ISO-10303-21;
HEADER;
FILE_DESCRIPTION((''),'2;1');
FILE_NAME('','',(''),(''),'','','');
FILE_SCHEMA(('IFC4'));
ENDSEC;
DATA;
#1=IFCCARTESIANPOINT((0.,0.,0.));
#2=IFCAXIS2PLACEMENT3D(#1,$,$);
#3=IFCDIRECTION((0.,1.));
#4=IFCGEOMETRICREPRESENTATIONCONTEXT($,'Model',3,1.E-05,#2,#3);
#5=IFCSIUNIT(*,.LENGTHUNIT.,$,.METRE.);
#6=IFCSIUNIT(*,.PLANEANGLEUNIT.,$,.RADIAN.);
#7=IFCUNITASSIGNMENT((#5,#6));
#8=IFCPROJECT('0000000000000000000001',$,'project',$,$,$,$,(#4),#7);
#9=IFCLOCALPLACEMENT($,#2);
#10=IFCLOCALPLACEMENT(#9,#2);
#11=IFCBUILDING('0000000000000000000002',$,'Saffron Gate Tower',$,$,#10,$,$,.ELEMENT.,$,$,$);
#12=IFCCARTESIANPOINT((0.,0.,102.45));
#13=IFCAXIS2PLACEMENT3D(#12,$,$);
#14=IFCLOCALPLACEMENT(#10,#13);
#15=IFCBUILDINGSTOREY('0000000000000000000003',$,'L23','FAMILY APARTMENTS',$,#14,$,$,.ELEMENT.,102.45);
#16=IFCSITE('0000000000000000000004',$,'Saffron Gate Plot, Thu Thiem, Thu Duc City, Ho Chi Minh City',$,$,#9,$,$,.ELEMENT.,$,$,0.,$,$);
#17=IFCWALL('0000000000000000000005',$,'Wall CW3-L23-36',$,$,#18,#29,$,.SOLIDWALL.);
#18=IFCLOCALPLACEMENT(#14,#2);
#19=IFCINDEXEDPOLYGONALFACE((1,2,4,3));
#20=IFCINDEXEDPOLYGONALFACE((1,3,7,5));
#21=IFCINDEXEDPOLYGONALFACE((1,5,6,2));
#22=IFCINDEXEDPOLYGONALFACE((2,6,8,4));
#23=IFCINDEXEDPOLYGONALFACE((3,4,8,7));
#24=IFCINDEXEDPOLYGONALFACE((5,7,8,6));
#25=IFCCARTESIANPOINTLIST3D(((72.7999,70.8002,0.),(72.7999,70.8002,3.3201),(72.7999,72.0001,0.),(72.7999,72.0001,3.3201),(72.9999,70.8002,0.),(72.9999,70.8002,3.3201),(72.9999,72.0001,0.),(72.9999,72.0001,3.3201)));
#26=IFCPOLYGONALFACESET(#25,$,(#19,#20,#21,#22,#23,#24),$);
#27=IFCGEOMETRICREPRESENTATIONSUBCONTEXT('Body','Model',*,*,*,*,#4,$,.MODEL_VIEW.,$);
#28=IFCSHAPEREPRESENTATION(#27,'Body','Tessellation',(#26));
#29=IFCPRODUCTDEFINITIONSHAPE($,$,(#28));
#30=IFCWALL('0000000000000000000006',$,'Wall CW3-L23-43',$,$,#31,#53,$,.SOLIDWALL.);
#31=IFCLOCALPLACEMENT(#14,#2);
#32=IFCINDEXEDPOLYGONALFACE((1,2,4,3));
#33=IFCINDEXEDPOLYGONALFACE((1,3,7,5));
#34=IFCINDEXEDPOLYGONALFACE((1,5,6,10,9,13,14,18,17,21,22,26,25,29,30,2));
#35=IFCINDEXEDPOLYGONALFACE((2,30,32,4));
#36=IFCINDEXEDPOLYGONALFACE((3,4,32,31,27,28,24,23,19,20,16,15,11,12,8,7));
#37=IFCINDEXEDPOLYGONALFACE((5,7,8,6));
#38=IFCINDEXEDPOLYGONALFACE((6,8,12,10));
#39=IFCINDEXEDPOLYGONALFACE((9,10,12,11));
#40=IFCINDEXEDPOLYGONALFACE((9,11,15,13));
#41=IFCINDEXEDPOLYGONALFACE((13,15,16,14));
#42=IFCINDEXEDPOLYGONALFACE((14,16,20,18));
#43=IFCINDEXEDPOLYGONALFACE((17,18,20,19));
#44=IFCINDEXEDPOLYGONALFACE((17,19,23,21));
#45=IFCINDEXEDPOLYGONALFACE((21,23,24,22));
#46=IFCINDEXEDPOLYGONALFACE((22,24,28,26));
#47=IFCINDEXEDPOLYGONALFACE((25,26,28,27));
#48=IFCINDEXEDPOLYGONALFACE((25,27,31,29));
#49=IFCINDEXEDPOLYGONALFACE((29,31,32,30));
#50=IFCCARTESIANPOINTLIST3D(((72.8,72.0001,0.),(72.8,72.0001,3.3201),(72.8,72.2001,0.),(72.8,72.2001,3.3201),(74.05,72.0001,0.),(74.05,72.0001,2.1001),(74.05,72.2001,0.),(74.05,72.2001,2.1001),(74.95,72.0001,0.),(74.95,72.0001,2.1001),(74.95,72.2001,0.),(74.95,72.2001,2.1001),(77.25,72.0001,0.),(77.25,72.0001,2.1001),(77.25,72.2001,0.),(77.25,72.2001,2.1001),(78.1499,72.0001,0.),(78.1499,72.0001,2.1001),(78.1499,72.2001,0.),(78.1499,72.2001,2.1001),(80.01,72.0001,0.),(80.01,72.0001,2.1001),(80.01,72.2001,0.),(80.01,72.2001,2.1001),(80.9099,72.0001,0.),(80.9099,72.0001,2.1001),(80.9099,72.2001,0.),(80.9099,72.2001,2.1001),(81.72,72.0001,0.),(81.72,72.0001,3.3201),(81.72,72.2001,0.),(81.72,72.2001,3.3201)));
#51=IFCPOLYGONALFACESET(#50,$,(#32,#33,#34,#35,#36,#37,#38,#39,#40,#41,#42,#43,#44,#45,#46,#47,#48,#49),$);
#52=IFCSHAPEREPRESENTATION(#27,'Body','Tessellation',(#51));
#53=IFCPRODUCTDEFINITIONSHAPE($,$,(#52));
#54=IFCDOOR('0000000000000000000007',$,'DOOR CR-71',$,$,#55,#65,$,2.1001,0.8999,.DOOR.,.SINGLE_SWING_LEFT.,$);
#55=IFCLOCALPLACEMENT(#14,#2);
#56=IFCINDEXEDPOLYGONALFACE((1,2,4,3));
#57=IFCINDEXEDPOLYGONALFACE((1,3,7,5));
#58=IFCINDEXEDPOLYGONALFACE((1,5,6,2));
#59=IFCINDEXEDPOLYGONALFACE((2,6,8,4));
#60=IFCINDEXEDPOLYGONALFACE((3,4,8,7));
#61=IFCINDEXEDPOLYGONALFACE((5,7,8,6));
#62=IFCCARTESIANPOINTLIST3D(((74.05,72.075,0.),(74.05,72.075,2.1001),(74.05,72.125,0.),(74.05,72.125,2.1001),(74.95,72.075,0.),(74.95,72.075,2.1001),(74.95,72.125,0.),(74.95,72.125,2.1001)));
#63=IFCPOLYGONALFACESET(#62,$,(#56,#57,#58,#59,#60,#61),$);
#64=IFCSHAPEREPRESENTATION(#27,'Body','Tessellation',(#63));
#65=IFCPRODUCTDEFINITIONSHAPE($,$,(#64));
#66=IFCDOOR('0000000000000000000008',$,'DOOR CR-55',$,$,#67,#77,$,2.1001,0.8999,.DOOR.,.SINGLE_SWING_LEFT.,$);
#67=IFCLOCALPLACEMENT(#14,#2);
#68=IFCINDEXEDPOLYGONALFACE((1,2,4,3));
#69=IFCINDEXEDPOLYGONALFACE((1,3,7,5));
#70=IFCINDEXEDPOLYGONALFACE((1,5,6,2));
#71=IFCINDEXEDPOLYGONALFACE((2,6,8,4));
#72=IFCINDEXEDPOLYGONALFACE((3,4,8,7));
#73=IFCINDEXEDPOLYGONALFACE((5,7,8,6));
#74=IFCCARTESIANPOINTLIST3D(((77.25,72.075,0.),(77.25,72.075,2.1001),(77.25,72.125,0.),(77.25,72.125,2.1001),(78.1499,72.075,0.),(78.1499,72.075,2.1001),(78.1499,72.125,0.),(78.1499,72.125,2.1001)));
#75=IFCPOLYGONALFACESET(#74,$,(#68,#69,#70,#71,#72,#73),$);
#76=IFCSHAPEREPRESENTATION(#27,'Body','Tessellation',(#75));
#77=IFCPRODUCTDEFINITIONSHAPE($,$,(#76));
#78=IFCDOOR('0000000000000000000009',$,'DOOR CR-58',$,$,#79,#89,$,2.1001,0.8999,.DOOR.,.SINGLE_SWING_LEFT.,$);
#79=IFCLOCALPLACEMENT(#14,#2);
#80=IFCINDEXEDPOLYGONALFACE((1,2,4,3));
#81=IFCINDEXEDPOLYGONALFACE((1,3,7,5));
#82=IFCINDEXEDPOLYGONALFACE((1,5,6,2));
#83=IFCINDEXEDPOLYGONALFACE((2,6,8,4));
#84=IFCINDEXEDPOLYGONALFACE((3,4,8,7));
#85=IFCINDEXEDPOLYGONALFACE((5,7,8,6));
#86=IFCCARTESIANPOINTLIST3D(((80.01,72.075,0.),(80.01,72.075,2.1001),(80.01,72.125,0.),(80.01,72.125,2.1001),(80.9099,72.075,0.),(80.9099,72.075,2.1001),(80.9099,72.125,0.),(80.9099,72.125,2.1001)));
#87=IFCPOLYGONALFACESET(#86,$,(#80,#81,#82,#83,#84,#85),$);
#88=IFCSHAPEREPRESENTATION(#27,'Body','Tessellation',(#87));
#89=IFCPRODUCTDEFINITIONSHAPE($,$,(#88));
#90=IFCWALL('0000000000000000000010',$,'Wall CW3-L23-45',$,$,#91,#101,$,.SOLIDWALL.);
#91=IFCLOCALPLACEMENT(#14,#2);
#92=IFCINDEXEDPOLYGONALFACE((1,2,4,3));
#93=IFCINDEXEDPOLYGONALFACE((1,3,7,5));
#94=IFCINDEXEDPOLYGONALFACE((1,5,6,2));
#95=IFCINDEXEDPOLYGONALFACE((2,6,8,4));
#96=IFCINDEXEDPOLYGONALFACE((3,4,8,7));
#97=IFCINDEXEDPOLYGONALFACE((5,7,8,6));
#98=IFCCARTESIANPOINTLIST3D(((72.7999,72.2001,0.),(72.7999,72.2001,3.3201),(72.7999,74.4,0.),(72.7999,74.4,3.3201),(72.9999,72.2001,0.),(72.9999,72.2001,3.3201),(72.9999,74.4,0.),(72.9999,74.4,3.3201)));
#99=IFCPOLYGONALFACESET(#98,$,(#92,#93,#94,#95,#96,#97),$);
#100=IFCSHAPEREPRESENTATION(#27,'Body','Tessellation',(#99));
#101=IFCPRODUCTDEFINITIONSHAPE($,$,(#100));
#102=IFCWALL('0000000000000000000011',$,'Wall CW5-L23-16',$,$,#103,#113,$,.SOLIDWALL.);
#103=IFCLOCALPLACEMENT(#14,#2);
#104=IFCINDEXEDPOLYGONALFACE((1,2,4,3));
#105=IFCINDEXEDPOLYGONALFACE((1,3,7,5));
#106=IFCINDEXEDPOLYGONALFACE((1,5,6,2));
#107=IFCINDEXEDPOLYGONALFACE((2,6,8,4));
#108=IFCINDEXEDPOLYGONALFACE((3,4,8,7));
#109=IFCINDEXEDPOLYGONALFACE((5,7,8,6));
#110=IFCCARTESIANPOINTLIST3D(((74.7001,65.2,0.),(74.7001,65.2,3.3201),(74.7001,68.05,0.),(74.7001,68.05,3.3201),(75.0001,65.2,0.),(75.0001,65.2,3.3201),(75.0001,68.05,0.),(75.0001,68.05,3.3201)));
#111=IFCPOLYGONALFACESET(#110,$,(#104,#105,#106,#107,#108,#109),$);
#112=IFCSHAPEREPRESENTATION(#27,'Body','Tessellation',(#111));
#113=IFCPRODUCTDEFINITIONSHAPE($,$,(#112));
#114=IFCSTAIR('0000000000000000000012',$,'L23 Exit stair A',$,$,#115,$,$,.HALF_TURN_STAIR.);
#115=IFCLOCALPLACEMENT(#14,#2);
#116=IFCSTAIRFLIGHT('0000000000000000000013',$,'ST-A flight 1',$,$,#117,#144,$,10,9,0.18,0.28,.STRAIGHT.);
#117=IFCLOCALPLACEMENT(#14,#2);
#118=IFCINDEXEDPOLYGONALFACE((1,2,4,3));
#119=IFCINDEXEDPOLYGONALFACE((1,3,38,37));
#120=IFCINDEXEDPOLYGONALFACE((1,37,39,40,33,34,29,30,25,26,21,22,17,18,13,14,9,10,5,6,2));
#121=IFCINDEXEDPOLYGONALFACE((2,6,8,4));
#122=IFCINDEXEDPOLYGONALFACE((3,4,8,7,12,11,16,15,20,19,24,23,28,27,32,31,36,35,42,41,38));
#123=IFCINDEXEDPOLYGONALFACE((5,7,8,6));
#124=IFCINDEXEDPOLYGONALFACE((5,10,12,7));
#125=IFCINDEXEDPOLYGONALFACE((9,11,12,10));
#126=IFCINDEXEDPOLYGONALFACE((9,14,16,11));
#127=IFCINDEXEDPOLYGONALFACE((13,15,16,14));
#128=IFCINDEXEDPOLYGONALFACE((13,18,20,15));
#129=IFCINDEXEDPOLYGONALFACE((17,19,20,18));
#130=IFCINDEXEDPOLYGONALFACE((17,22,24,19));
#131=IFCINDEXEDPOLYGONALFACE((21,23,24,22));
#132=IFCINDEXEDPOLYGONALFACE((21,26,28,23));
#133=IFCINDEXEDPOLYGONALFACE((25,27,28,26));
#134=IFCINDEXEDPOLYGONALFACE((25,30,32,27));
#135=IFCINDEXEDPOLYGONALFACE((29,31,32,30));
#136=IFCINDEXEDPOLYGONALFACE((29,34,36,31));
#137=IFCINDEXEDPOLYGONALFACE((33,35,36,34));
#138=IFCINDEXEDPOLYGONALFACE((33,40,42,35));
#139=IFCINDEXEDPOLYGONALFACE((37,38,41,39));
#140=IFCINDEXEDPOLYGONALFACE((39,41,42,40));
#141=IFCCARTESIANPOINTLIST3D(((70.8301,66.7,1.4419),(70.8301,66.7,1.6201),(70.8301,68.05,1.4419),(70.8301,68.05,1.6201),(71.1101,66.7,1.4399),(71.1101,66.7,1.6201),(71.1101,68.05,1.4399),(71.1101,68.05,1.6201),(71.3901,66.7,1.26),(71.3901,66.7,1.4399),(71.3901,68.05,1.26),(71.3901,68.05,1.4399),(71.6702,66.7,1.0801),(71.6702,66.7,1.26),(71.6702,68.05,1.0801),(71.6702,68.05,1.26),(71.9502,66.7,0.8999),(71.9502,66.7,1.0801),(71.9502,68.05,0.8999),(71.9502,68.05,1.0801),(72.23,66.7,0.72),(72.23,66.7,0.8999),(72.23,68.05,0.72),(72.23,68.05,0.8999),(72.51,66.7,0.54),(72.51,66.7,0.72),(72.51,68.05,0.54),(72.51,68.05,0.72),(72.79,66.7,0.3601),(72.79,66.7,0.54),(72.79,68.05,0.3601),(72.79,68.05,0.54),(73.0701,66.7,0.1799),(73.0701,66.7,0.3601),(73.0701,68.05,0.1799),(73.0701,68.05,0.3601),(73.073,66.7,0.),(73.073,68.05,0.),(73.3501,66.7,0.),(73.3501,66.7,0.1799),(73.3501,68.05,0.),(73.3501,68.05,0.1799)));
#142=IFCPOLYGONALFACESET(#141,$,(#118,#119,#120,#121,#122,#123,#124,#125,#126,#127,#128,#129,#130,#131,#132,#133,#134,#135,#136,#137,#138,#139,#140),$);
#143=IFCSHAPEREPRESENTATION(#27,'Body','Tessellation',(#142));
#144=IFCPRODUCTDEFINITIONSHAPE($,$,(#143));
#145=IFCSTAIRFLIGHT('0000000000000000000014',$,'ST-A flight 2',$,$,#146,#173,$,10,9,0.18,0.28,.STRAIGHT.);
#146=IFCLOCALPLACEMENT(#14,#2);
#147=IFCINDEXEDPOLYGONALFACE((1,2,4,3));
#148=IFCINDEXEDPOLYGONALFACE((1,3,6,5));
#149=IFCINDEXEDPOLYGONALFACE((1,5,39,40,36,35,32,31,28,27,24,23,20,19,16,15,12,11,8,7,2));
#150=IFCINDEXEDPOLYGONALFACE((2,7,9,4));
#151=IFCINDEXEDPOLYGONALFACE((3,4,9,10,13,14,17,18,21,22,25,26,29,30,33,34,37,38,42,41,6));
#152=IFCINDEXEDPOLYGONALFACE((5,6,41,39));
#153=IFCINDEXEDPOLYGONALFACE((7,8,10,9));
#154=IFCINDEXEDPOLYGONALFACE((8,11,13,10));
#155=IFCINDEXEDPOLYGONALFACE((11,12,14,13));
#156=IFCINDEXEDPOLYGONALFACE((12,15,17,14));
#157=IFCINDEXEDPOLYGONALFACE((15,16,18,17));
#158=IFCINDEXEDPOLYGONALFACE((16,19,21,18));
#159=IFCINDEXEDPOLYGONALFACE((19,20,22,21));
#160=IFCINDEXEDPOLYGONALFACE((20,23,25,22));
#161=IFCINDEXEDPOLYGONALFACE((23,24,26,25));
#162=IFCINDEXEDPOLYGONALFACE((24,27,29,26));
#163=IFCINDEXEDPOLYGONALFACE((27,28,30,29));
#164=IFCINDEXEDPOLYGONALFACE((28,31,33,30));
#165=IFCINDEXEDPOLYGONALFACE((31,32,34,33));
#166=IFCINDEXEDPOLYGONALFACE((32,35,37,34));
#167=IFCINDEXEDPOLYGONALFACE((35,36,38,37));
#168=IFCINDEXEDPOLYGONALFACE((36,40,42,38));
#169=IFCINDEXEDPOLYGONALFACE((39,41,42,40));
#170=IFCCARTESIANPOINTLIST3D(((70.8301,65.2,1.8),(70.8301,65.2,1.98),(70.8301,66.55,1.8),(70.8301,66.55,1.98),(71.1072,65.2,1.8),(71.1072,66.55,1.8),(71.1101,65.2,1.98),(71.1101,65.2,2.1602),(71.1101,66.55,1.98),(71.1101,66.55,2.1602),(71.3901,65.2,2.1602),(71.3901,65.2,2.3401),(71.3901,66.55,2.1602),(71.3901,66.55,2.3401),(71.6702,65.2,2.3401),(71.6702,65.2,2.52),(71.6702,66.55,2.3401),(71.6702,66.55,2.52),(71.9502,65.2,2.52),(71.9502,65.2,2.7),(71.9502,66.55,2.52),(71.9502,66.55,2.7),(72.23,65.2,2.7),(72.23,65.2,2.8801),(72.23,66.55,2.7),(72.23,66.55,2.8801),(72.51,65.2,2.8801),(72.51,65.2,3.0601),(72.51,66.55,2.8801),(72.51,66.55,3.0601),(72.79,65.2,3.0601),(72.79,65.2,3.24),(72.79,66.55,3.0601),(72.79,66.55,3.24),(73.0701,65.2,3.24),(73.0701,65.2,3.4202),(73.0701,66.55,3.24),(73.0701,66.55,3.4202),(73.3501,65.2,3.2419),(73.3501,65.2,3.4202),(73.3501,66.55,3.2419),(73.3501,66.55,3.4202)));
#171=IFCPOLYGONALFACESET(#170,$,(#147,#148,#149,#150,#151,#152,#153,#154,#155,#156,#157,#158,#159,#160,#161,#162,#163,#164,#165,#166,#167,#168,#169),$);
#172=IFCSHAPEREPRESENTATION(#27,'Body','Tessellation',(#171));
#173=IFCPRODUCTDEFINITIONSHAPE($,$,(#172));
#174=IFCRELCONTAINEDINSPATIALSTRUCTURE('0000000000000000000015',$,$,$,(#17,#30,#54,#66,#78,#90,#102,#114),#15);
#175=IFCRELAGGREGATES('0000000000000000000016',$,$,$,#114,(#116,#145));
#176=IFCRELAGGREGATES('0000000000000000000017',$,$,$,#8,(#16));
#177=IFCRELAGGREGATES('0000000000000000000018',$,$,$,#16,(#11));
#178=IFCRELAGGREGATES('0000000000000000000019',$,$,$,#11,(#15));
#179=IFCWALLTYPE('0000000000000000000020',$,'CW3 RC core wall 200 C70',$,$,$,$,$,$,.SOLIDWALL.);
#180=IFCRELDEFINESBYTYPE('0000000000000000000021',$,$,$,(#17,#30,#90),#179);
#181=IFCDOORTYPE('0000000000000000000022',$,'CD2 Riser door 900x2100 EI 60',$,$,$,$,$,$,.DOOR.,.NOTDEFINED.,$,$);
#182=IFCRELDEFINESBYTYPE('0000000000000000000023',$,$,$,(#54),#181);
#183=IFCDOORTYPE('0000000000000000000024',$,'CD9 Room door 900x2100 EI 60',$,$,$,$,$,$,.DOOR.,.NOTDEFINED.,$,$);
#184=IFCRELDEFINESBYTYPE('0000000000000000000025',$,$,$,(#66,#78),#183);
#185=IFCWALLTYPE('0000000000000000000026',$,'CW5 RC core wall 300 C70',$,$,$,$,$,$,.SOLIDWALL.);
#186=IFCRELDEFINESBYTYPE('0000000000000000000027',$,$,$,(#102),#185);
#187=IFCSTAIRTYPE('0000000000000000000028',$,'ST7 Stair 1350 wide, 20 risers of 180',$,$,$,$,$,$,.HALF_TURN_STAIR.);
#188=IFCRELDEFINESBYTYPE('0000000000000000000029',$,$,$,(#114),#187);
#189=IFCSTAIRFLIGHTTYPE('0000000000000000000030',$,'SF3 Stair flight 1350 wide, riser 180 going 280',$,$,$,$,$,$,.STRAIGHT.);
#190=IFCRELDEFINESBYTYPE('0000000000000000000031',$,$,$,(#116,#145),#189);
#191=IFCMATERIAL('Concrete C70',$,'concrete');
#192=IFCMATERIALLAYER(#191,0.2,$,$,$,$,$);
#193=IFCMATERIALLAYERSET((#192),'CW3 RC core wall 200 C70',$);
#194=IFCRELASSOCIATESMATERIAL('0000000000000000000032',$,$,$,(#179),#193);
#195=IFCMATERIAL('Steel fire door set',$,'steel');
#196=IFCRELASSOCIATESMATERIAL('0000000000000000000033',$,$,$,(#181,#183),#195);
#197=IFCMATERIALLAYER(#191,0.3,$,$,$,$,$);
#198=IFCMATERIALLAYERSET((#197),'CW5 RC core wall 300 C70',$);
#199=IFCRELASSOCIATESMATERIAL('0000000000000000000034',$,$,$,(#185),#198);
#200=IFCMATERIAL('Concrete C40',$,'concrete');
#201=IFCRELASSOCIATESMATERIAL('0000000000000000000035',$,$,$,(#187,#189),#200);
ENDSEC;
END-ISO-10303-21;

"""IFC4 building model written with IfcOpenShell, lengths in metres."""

from ifc_helpers import new_model, si_unit, direction, frame, frame_2d, origin, place, context, subcontext, project, spatial, polyline, rectangle, outline, extrude, material, layer, layer_set, type_object, element, fill, aggregate, save


model = new_model("IFC4")

# Units and contexts
model_context = context("Model", 3, precision=1e-05, world=origin(), true_north=direction((0.0, 1.0)))
body_context = subcontext(model_context, "Body", "Model", "MODEL_VIEW")
ifc_project = project(units=[si_unit("LENGTHUNIT", "METRE"), si_unit("PLANEANGLEUNIT", "RADIAN")], contexts=[model_context])

# Site, building, storey
site_placement = place(None, origin())
site = spatial("IfcSite", under=ifc_project, at=site_placement, Name="Saffron Gate Plot, Thu Thiem, Thu Duc City, Ho Chi Minh City", CompositionType="ELEMENT", RefElevation=0.0)
building_placement = place(site_placement, origin())
building = spatial("IfcBuilding", under=site, at=building_placement, Name="Saffron Gate Tower", CompositionType="ELEMENT")
storey_placement = place(building_placement, frame((0.0, 0.0, 102.45)))
storey = spatial("IfcBuildingStorey", under=building, at=storey_placement, Name="L23", Description="FAMILY APARTMENTS", CompositionType="ELEMENT", Elevation=102.45)

# Wall
ifc_material_1 = material(Name="Concrete C70", Category="concrete")
ifc_layer_1 = layer(ifc_material_1, 0.2)
ifc_layer_set_1 = layer_set([ifc_layer_1], Name="CW3 RC core wall 200 C70")
wall_type_1 = type_object("IfcWallType", Name="CW3 RC core wall 200 C70", PredefinedType="SOLIDWALL", material=ifc_layer_set_1)
wall_1_placement = place(storey_placement, frame((72.8999, 70.8, 0.0), z_axis=(0.0, 0.0, 1.0), x_axis=(0.0, 1.0, 0.0)))
element("IfcWall", 1, at=wall_1_placement, inside=storey, type_object=wall_type_1, Name="Wall CW3-L23-36", PredefinedType="SOLIDWALL", context=body_context, shape_type="SweptSolid", body=[
    extrude(rectangle(XDim=1.2, YDim=0.2, at=frame_2d((0.6001, 0.0))), origin(), (0.0, 0.0, 1.0), 3.3201),
])

# Wall, openings, doors
wall_2_placement = place(storey_placement, frame((72.8, 72.1001, 0.0), z_axis=(0.0, 0.0, 1.0), x_axis=(1.0, 0.0, 0.0)))
wall_2 = element("IfcWall", 2, at=wall_2_placement, inside=storey, type_object=wall_type_1, Name="Wall CW3-L23-43", PredefinedType="SOLIDWALL", context=body_context, shape_type="SweptSolid", body=[
    extrude(rectangle(XDim=8.9199, YDim=0.2, at=frame_2d((4.46, 0.0))), origin(), (0.0, 0.0, 1.0), 3.3201),
])
opening_1_placement = place(wall_2_placement, frame((1.25, 0.0, 0.0)))
opening_1 = element("IfcOpeningElement", 3, at=opening_1_placement, cuts=wall_2, PredefinedType="OPENING", context=body_context, shape_type="SweptSolid", body=[
    extrude(rectangle(XDim=0.8999, YDim=2.1001, at=frame_2d((0.45, 1.05))), frame((0.0, 0.1099, 0.0), z_axis=(0.0, -1.0, 0.0), x_axis=(1.0, 0.0, 0.0)), (0.0, 0.0, 1.0), 0.22),
])
opening_2_placement = place(wall_2_placement, frame((4.45, 0.0, 0.0)))
opening_2 = element("IfcOpeningElement", 4, at=opening_2_placement, cuts=wall_2, PredefinedType="OPENING", context=body_context, shape_type="SweptSolid", body=[
    extrude(rectangle(XDim=0.8999, YDim=2.1001, at=frame_2d((0.45, 1.05))), frame((0.0, 0.1099, 0.0), z_axis=(0.0, -1.0, 0.0), x_axis=(1.0, 0.0, 0.0)), (0.0, 0.0, 1.0), 0.22),
])
opening_3_placement = place(wall_2_placement, frame((7.21, 0.0, 0.0)))
opening_3 = element("IfcOpeningElement", 5, at=opening_3_placement, cuts=wall_2, PredefinedType="OPENING", context=body_context, shape_type="SweptSolid", body=[
    extrude(rectangle(XDim=0.8999, YDim=2.1001, at=frame_2d((0.45, 1.05))), frame((0.0, 0.1099, 0.0), z_axis=(0.0, -1.0, 0.0), x_axis=(1.0, 0.0, 0.0)), (0.0, 0.0, 1.0), 0.22),
])
ifc_material_2 = material(Name="Steel fire door set", Category="steel")
door_type_1 = type_object("IfcDoorType", Name="CD2 Riser door 900x2100 EI 60", OperationType="NOTDEFINED", PredefinedType="DOOR", material=ifc_material_2)
door_1_placement = place(opening_1_placement, origin())
door_1 = element("IfcDoor", 6, at=door_1_placement, inside=storey, type_object=door_type_1, Name="DOOR CR-71", OperationType="SINGLE_SWING_LEFT", OverallHeight=2.1001, OverallWidth=0.8999, PredefinedType="DOOR", context=body_context, shape_type="SweptSolid", body=[
    extrude(rectangle(XDim=0.8999, YDim=2.1001, at=frame_2d((0.45, 1.05))), frame((0.0, 0.0249, 0.0), z_axis=(0.0, -1.0, 0.0), x_axis=(1.0, 0.0, 0.0)), (0.0, 0.0, 1.0), 0.05),
])
fill(opening_1, door_1)
door_type_2 = type_object("IfcDoorType", Name="CD9 Room door 900x2100 EI 60", OperationType="NOTDEFINED", PredefinedType="DOOR", material=ifc_material_2)
door_2_placement = place(opening_2_placement, origin())
door_2 = element("IfcDoor", 7, at=door_2_placement, inside=storey, type_object=door_type_2, Name="DOOR CR-55", OperationType="SINGLE_SWING_LEFT", OverallHeight=2.1001, OverallWidth=0.8999, PredefinedType="DOOR", context=body_context, shape_type="SweptSolid", body=[
    extrude(rectangle(XDim=0.8999, YDim=2.1001, at=frame_2d((0.45, 1.05))), frame((0.0, 0.0249, 0.0), z_axis=(0.0, -1.0, 0.0), x_axis=(1.0, 0.0, 0.0)), (0.0, 0.0, 1.0), 0.05),
])
fill(opening_2, door_2)
door_3_placement = place(opening_3_placement, origin())
door_3 = element("IfcDoor", 8, at=door_3_placement, inside=storey, type_object=door_type_2, Name="DOOR CR-58", OperationType="SINGLE_SWING_LEFT", OverallHeight=2.1001, OverallWidth=0.8999, PredefinedType="DOOR", context=body_context, shape_type="SweptSolid", body=[
    extrude(rectangle(XDim=0.8999, YDim=2.1001, at=frame_2d((0.45, 1.05))), frame((0.0, 0.0249, 0.0), z_axis=(0.0, -1.0, 0.0), x_axis=(1.0, 0.0, 0.0)), (0.0, 0.0, 1.0), 0.05),
])
fill(opening_3, door_3)

# Walls
wall_3_placement = place(storey_placement, frame((72.8999, 72.2, 0.0), z_axis=(0.0, 0.0, 1.0), x_axis=(0.0, 1.0, 0.0)))
element("IfcWall", 9, at=wall_3_placement, inside=storey, type_object=wall_type_1, Name="Wall CW3-L23-45", PredefinedType="SOLIDWALL", context=body_context, shape_type="SweptSolid", body=[
    extrude(rectangle(XDim=2.2, YDim=0.2, at=frame_2d((1.1001, 0.0))), origin(), (0.0, 0.0, 1.0), 3.3201),
])
ifc_layer_2 = layer(ifc_material_1, 0.3)
ifc_layer_set_2 = layer_set([ifc_layer_2], Name="CW5 RC core wall 300 C70")
wall_type_2 = type_object("IfcWallType", Name="CW5 RC core wall 300 C70", PredefinedType="SOLIDWALL", material=ifc_layer_set_2)
wall_4_placement = place(storey_placement, frame((74.8501, 65.2, 0.0), z_axis=(0.0, 0.0, 1.0), x_axis=(0.0, 1.0, 0.0)))
element("IfcWall", 10, at=wall_4_placement, inside=storey, type_object=wall_type_2, Name="Wall CW5-L23-16", PredefinedType="SOLIDWALL", context=body_context, shape_type="SweptSolid", body=[
    extrude(rectangle(XDim=2.8501, YDim=0.3, at=frame_2d((1.425, 0.0))), origin(), (0.0, 0.0, 1.0), 3.3201),
])

# Stair, stair flights
ifc_material_3 = material(Name="Concrete C40", Category="concrete")
stair_type = type_object("IfcStairType", Name="ST7 Stair 1350 wide, 20 risers of 180", PredefinedType="HALF_TURN_STAIR", material=ifc_material_3)
stair_placement = place(storey_placement, origin())
stair = element("IfcStair", 11, at=stair_placement, inside=storey, type_object=stair_type, Name="L23 Exit stair A", PredefinedType="HALF_TURN_STAIR")
stair_flight_type = type_object("IfcStairFlightType", Name="SF3 Stair flight 1350 wide, riser 180 going 280", PredefinedType="STRAIGHT", material=ifc_material_3)
stair_flight_1_placement = place(storey_placement, frame((73.3501, 67.375, 0.0), z_axis=(0.0, 0.0, 1.0), x_axis=(-1.0, 0.0, 0.0)))
stair_flight_1 = element("IfcStairFlight", 12, at=stair_flight_1_placement, type_object=stair_flight_type, Name="ST-A flight 1", NumberOfRisers=10, NumberOfTreads=9, PredefinedType="STRAIGHT", RiserHeight=0.18, TreadLength=0.28, context=body_context, shape_type="SweptSolid", body=[
    extrude(outline(polyline([(0.0, 0.0), (0.0, 0.1799), (0.28, 0.1799), (0.28, 0.3601), (0.5601, 0.3601), (0.5601, 0.54), (0.8401, 0.54), (0.8401, 0.72), (1.1201, 0.72), (1.1201, 0.8999), (1.3999, 0.8999), (1.3999, 1.0801), (1.6799, 1.0801), (1.6799, 1.26), (1.96, 1.26), (1.96, 1.4399), (2.24, 1.4399), (2.24, 1.6201), (2.52, 1.6201), (2.52, 1.8), (2.52, 1.4419), (0.2771, 0.0), (0.0, 0.0)])), frame((0.0, 0.675, 0.0), z_axis=(0.0, -1.0, 0.0), x_axis=(1.0, 0.0, 0.0)), (0.0, 0.0, 1.0), 1.3501),
])
stair_flight_2_placement = place(storey_placement, frame((70.8301, 65.875, 1.8), z_axis=(0.0, 0.0, 1.0), x_axis=(1.0, 0.0, 0.0)))
stair_flight_2 = element("IfcStairFlight", 13, at=stair_flight_2_placement, type_object=stair_flight_type, Name="ST-A flight 2", NumberOfRisers=10, NumberOfTreads=9, PredefinedType="STRAIGHT", RiserHeight=0.18, TreadLength=0.28, context=body_context, shape_type="SweptSolid", body=[
    extrude(outline(polyline([(0.0, 0.0), (0.0, 0.1799), (0.28, 0.1799), (0.28, 0.3601), (0.5601, 0.3601), (0.5601, 0.54), (0.8401, 0.54), (0.8401, 0.72), (1.1201, 0.72), (1.1201, 0.8999), (1.3999, 0.8999), (1.3999, 1.0801), (1.6799, 1.0801), (1.6799, 1.26), (1.96, 1.26), (1.96, 1.4399), (2.24, 1.4399), (2.24, 1.6201), (2.52, 1.6201), (2.52, 1.8), (2.52, 1.4419), (0.2771, 0.0), (0.0, 0.0)])), frame((0.0, 0.675, 0.0), z_axis=(0.0, -1.0, 0.0), x_axis=(1.0, 0.0, 0.0)), (0.0, 0.0, 1.0), 1.3501),
])
aggregate(stair, [stair_flight_1, stair_flight_2])

save(model, "model.ifc")
